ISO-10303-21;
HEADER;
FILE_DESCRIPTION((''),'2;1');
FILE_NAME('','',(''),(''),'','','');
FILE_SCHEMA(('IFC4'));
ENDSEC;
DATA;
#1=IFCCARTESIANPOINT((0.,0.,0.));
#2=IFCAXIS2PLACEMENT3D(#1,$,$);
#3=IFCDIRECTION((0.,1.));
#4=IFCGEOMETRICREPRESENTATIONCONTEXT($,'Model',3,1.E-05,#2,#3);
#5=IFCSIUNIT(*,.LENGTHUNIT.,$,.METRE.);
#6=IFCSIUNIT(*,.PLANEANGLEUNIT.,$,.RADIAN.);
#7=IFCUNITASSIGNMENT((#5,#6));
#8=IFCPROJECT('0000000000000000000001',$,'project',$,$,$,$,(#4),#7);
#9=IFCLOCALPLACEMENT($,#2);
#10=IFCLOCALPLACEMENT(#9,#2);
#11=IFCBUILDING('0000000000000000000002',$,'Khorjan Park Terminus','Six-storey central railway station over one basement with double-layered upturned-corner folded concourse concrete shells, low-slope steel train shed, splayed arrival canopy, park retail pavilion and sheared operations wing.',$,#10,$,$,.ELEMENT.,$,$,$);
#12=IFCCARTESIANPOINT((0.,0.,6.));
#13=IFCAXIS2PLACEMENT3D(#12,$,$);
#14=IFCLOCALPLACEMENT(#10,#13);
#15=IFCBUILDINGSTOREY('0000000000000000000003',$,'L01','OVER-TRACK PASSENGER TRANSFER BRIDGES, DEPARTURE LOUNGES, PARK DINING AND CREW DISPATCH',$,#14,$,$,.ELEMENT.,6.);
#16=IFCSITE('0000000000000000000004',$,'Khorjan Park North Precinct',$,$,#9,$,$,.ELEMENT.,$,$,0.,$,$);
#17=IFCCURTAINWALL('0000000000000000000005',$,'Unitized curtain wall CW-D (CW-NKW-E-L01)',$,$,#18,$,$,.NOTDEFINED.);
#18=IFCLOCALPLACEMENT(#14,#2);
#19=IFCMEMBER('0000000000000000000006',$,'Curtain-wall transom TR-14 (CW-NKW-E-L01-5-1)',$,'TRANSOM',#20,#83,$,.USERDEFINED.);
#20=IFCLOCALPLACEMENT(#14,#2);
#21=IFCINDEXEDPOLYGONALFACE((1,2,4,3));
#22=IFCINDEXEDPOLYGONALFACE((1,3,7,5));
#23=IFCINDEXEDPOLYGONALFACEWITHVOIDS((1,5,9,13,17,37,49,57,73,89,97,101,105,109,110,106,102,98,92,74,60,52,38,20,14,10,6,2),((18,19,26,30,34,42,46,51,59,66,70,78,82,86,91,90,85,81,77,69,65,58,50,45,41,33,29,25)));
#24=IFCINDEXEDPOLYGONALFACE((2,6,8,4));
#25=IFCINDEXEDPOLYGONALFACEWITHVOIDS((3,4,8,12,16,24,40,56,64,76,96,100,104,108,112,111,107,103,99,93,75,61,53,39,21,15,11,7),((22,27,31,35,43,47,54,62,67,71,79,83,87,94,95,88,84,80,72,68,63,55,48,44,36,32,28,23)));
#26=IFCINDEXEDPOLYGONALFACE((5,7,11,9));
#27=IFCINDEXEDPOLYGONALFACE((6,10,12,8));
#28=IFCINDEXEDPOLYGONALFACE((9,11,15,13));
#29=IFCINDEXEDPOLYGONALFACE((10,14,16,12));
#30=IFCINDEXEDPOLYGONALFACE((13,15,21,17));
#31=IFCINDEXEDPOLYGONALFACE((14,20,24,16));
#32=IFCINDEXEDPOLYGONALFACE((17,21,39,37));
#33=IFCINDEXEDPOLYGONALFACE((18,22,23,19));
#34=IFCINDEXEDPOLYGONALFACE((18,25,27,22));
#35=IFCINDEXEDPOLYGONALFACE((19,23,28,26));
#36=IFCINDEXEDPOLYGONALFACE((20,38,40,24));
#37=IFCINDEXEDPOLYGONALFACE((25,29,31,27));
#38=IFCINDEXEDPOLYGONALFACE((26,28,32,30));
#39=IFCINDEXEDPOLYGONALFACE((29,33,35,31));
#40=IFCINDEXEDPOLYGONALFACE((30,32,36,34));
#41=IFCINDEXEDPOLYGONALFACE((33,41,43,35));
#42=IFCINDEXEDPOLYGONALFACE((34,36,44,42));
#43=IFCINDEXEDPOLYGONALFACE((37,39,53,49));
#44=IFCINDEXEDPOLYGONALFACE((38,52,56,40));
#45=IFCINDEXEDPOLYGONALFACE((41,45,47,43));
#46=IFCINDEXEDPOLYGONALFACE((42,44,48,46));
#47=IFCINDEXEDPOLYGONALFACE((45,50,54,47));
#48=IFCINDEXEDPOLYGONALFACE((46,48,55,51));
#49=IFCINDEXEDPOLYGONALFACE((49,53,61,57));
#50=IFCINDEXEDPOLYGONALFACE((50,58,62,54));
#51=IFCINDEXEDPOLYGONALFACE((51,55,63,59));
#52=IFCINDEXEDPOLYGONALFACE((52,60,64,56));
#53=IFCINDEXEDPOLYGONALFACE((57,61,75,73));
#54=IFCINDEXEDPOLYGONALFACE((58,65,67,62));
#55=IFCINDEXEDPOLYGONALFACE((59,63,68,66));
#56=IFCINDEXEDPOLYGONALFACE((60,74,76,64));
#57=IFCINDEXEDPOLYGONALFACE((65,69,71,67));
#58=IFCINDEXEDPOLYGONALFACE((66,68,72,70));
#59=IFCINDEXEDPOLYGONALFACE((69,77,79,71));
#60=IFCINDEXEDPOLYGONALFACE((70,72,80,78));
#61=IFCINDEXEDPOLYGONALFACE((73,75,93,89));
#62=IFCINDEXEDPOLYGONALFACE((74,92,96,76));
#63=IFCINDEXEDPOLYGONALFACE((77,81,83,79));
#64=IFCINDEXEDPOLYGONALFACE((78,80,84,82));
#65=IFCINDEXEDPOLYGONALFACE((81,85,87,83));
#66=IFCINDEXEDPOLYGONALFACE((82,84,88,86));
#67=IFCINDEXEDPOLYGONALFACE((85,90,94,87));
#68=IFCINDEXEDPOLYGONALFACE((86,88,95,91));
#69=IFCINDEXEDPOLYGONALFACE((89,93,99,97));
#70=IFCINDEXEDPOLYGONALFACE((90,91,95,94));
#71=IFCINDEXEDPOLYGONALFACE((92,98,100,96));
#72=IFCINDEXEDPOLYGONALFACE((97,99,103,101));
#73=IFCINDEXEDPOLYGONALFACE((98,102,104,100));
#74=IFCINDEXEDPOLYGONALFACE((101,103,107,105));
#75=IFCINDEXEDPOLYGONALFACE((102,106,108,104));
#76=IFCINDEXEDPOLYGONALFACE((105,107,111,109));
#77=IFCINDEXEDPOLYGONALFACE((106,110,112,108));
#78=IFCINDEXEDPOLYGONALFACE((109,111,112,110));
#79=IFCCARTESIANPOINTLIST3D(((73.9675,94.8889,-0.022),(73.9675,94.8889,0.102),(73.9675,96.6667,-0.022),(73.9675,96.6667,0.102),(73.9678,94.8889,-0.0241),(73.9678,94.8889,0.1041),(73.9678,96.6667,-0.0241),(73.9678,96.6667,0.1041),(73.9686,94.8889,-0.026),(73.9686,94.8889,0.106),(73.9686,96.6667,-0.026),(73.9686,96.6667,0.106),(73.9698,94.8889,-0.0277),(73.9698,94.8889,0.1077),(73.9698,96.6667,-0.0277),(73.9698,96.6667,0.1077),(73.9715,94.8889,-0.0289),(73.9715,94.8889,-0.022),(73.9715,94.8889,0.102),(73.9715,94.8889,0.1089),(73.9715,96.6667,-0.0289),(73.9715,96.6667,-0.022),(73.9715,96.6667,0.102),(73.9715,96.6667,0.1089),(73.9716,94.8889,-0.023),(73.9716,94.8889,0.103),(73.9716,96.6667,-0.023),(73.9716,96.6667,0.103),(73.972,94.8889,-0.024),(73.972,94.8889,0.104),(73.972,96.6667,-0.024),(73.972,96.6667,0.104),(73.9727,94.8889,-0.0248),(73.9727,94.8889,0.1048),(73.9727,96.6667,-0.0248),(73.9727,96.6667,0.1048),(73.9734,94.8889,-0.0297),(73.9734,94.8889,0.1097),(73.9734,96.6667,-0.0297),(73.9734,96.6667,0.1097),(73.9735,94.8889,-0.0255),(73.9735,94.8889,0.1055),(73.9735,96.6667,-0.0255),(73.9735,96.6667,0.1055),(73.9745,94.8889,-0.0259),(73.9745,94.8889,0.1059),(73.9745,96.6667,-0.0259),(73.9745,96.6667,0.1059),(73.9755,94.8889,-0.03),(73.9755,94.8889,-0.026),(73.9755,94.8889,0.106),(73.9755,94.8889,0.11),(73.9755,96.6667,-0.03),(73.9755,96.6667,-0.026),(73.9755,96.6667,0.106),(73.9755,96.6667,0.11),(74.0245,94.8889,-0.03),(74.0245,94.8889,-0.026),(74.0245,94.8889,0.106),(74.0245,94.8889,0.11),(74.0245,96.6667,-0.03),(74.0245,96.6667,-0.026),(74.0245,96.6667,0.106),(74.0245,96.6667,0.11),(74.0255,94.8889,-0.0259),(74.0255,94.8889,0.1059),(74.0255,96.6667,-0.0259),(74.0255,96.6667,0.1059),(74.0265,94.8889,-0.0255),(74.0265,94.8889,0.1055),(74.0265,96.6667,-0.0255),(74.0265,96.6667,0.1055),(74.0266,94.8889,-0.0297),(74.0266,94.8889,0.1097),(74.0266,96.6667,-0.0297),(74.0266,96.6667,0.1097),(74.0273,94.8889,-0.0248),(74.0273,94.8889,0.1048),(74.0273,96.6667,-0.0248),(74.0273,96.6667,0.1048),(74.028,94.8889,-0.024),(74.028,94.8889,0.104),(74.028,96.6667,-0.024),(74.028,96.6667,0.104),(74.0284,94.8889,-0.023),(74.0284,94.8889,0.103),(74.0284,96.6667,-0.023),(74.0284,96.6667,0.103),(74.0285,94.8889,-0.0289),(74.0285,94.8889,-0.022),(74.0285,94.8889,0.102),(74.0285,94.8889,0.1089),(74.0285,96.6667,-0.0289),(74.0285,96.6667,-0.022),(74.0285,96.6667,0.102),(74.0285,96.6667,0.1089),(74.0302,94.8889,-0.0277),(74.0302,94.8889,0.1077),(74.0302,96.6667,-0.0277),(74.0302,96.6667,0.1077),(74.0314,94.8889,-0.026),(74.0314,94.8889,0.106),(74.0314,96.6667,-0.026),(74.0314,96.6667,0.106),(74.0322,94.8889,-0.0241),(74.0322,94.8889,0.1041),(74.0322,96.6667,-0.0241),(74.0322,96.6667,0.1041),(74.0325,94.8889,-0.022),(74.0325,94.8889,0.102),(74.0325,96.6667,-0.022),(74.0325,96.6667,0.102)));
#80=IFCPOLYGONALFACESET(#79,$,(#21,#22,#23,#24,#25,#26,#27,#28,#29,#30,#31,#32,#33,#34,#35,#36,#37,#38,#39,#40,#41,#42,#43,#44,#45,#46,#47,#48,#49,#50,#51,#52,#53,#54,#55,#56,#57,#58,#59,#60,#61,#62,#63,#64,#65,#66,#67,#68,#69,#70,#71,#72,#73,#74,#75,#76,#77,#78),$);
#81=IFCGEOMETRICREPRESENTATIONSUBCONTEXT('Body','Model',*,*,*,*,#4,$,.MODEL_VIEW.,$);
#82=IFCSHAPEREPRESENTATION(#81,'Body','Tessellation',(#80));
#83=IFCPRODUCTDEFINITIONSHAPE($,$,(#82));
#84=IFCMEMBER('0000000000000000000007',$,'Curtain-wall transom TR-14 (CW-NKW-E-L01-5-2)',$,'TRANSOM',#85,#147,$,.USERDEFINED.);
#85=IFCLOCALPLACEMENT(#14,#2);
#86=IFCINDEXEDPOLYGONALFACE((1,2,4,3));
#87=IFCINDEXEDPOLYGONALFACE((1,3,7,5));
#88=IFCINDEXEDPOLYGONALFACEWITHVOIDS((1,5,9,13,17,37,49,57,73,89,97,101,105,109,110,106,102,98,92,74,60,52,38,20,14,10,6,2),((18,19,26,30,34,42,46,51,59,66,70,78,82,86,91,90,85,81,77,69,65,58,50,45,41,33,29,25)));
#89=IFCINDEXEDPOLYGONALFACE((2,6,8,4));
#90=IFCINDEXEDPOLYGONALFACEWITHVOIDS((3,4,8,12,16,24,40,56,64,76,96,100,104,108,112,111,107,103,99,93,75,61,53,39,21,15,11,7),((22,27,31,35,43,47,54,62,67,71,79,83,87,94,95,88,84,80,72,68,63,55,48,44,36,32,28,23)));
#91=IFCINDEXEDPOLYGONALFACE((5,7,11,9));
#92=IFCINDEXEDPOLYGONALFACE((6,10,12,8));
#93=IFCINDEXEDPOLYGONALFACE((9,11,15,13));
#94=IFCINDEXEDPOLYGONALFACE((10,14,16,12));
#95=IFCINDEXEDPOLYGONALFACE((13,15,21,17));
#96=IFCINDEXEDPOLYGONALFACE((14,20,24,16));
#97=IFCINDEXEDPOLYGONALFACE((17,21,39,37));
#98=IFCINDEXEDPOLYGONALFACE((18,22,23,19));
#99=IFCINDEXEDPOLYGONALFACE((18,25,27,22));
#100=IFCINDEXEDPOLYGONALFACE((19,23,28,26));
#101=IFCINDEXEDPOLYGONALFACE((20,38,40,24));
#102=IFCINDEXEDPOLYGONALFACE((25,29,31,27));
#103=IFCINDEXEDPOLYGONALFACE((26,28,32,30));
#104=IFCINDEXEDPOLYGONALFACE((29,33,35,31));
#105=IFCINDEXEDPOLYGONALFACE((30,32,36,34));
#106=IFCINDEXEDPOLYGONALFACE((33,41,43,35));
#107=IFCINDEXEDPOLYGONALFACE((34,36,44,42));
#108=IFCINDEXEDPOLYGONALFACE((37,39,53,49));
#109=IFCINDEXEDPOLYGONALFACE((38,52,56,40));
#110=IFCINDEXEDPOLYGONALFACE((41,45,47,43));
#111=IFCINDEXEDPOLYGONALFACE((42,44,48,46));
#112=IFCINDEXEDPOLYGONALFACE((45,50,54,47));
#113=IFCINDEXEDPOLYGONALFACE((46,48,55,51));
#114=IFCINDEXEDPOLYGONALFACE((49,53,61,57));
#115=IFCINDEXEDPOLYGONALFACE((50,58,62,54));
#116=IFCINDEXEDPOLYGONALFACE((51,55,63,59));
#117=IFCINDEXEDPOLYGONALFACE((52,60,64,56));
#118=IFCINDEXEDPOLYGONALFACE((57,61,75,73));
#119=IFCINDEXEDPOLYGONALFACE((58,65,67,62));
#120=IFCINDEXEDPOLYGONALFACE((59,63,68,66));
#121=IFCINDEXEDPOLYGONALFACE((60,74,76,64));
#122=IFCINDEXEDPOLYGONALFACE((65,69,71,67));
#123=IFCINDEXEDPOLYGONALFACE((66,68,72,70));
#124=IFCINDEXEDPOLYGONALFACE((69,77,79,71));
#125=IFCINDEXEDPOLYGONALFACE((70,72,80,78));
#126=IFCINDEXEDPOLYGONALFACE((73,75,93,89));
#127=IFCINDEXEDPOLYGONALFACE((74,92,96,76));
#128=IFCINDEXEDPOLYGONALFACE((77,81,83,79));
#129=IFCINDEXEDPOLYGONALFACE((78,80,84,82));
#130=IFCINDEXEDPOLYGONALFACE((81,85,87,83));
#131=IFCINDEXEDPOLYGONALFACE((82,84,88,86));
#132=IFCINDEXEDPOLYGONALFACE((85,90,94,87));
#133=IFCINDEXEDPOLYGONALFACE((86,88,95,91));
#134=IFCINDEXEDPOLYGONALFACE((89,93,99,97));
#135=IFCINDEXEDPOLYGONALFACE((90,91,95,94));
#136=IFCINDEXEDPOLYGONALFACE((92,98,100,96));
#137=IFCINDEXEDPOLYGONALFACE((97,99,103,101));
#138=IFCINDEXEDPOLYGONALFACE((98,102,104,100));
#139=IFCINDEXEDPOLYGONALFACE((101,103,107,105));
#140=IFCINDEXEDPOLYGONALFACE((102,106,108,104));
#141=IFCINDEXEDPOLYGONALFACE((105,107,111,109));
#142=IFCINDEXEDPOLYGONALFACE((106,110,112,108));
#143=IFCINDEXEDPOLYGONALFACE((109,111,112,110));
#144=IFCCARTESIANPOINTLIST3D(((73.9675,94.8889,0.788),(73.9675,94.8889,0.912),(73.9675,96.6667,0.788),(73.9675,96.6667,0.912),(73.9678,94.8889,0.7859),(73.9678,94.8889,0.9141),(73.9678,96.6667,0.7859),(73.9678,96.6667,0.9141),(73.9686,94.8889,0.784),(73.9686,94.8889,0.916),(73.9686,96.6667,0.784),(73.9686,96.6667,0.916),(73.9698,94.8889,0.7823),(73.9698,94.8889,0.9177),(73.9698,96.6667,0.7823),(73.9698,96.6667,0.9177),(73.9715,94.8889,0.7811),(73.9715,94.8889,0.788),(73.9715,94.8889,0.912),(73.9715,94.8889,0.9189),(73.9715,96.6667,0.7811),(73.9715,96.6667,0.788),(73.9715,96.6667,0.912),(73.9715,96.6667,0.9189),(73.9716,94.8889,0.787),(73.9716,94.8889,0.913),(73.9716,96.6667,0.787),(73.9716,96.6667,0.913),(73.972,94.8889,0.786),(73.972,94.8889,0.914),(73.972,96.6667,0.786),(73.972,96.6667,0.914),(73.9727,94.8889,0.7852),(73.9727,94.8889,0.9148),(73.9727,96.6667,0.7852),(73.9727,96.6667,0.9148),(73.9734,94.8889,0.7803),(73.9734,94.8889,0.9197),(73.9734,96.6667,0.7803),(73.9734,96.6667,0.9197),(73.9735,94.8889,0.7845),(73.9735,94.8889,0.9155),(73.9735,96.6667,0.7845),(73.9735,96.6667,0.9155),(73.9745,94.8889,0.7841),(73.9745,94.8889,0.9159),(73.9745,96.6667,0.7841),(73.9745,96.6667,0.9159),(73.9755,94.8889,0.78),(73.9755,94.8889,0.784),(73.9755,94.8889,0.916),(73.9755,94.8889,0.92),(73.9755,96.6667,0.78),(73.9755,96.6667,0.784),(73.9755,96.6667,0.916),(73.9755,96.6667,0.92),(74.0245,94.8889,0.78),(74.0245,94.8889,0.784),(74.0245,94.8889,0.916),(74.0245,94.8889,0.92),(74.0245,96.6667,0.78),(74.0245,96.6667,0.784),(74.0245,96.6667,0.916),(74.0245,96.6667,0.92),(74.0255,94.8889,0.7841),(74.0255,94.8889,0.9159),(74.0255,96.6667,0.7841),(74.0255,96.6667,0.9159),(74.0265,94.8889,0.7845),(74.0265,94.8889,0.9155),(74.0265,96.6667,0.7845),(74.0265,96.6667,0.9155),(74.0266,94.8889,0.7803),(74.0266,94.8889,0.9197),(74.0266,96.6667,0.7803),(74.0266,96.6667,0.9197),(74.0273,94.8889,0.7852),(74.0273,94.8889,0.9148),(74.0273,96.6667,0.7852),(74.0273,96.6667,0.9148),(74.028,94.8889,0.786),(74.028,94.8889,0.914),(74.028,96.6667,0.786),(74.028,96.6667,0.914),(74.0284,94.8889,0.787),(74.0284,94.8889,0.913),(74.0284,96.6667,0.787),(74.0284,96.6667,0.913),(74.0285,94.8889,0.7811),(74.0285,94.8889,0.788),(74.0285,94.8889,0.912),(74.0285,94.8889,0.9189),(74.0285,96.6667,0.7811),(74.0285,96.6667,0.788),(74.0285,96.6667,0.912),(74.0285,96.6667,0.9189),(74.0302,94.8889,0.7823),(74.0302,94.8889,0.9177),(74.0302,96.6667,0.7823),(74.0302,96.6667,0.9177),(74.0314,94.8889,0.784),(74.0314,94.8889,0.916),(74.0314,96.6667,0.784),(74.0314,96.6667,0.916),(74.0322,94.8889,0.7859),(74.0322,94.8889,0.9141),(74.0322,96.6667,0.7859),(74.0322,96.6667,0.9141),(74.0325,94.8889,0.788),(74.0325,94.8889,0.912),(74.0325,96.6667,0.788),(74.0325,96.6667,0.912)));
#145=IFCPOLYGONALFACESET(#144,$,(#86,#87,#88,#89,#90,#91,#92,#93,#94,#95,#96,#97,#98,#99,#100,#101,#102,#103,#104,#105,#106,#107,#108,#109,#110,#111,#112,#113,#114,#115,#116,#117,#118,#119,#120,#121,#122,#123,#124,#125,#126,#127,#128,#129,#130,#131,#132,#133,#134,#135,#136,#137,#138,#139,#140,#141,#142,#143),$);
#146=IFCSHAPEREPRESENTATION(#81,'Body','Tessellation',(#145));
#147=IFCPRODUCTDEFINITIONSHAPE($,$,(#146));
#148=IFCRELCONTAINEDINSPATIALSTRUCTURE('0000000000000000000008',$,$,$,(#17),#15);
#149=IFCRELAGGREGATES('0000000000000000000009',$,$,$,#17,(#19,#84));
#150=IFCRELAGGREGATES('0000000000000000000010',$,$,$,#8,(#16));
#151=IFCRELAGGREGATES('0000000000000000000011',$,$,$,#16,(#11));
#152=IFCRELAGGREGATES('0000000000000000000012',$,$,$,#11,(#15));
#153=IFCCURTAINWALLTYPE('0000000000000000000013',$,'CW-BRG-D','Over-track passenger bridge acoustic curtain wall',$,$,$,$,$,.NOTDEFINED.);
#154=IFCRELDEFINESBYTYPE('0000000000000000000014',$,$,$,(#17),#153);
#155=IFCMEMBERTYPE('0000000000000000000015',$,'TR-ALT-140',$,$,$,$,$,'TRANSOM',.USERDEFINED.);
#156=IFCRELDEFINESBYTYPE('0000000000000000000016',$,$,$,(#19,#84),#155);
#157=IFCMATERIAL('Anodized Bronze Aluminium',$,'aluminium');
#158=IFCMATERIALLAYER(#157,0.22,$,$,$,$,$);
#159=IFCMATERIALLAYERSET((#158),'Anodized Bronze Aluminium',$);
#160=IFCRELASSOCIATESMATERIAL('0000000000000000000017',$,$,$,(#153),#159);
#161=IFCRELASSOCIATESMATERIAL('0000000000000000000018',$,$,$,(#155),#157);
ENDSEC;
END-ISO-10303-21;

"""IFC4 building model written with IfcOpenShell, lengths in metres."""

from ifc_helpers import new_model, si_unit, direction, frame, origin, origin_2d, place, context, subcontext, project, spatial, hollow_rectangle, extrude, material, layer, layer_set, material_profile, profile_set, type_object, element, aggregate, save


model = new_model("IFC4")

# Units and contexts
model_context = context("Model", 3, precision=1e-05, world=origin(), true_north=direction((0.0, 1.0)))
body_context = subcontext(model_context, "Body", "Model", "MODEL_VIEW")
ifc_project = project(units=[si_unit("LENGTHUNIT", "METRE"), si_unit("PLANEANGLEUNIT", "RADIAN")], contexts=[model_context])

# Site, building, storey
site_placement = place(None, origin())
site = spatial("IfcSite", under=ifc_project, at=site_placement, Name="Khorjan Park North Precinct", CompositionType="ELEMENT", RefElevation=0.0)
building_placement = place(site_placement, origin())
building = spatial("IfcBuilding", under=site, at=building_placement, Name="Khorjan Park Terminus", Description="Six-storey central railway station over one basement with double-layered upturned-corner folded concourse concrete shells, low-slope steel train shed, splayed arrival canopy, park retail pavilion and sheared operations wing.", CompositionType="ELEMENT")
storey_placement = place(building_placement, frame((0.0, 0.0, 6.0)))
storey = spatial("IfcBuildingStorey", under=building, at=storey_placement, Name="L01", Description="OVER-TRACK PASSENGER TRANSFER BRIDGES, DEPARTURE LOUNGES, PARK DINING AND CREW DISPATCH", CompositionType="ELEMENT", Elevation=6.0)

# Curtain wall, members
ifc_material_1 = material(Name="Anodized Bronze Aluminium", Category="aluminium")
ifc_layer_1 = layer(ifc_material_1, 0.22)
ifc_layer_set_1 = layer_set([ifc_layer_1], Name="Anodized Bronze Aluminium")
curtain_wall_type = type_object("IfcCurtainWallType", Name="CW-BRG-D", Description="Over-track passenger bridge acoustic curtain wall", PredefinedType="NOTDEFINED", material=ifc_layer_set_1)
curtain_wall_placement = place(storey_placement, origin())
curtain_wall = element("IfcCurtainWall", 1, at=curtain_wall_placement, inside=storey, type_object=curtain_wall_type, Name="Unitized curtain wall CW-D (CW-NKW-E-L01)", PredefinedType="NOTDEFINED")
ifc_material_profile_1 = material_profile(ifc_material_1, hollow_rectangle(XDim=0.065, YDim=0.14, WallThickness=0.004, InnerFilletRadius=0.004, OuterFilletRadius=0.008, at=origin_2d()), Name="ALT 65x140x4")
ifc_profile_set_1 = profile_set([ifc_material_profile_1], Name="Anodized Bronze Aluminium")
member_type_1 = type_object("IfcMemberType", Name="TR-ALT-140", ElementType="TRANSOM", PredefinedType="USERDEFINED", material=ifc_profile_set_1)
member_1_placement = place(storey_placement, frame((74.0, 94.8889, 0.04), z_axis=(0.0, 1.0, 0.0), x_axis=(-1.0, 0.0, 0.0)))
member_1 = element("IfcMember", 2, at=member_1_placement, type_object=member_type_1, Name="Curtain-wall transom TR-14 (CW-NKW-E-L01-5-1)", ObjectType="TRANSOM", PredefinedType="USERDEFINED", context=body_context, shape_type="SweptSolid", body=[
    extrude(hollow_rectangle(XDim=0.065, YDim=0.14, WallThickness=0.004, InnerFilletRadius=0.004, OuterFilletRadius=0.008, at=origin_2d()), origin(), (0.0, 0.0, 1.0), 1.7778),
])
member_2_placement = place(storey_placement, frame((74.0, 94.8889, 0.85), z_axis=(0.0, 1.0, 0.0), x_axis=(-1.0, 0.0, 0.0)))
member_2 = element("IfcMember", 3, at=member_2_placement, type_object=member_type_1, Name="Curtain-wall transom TR-14 (CW-NKW-E-L01-5-2)", ObjectType="TRANSOM", PredefinedType="USERDEFINED", context=body_context, shape_type="SweptSolid", body=[
    extrude(hollow_rectangle(XDim=0.065, YDim=0.14, WallThickness=0.004, InnerFilletRadius=0.004, OuterFilletRadius=0.008, at=origin_2d()), origin(), (0.0, 0.0, 1.0), 1.7778),
])
aggregate(curtain_wall, [member_1, member_2])

save(model, "model.ifc")
